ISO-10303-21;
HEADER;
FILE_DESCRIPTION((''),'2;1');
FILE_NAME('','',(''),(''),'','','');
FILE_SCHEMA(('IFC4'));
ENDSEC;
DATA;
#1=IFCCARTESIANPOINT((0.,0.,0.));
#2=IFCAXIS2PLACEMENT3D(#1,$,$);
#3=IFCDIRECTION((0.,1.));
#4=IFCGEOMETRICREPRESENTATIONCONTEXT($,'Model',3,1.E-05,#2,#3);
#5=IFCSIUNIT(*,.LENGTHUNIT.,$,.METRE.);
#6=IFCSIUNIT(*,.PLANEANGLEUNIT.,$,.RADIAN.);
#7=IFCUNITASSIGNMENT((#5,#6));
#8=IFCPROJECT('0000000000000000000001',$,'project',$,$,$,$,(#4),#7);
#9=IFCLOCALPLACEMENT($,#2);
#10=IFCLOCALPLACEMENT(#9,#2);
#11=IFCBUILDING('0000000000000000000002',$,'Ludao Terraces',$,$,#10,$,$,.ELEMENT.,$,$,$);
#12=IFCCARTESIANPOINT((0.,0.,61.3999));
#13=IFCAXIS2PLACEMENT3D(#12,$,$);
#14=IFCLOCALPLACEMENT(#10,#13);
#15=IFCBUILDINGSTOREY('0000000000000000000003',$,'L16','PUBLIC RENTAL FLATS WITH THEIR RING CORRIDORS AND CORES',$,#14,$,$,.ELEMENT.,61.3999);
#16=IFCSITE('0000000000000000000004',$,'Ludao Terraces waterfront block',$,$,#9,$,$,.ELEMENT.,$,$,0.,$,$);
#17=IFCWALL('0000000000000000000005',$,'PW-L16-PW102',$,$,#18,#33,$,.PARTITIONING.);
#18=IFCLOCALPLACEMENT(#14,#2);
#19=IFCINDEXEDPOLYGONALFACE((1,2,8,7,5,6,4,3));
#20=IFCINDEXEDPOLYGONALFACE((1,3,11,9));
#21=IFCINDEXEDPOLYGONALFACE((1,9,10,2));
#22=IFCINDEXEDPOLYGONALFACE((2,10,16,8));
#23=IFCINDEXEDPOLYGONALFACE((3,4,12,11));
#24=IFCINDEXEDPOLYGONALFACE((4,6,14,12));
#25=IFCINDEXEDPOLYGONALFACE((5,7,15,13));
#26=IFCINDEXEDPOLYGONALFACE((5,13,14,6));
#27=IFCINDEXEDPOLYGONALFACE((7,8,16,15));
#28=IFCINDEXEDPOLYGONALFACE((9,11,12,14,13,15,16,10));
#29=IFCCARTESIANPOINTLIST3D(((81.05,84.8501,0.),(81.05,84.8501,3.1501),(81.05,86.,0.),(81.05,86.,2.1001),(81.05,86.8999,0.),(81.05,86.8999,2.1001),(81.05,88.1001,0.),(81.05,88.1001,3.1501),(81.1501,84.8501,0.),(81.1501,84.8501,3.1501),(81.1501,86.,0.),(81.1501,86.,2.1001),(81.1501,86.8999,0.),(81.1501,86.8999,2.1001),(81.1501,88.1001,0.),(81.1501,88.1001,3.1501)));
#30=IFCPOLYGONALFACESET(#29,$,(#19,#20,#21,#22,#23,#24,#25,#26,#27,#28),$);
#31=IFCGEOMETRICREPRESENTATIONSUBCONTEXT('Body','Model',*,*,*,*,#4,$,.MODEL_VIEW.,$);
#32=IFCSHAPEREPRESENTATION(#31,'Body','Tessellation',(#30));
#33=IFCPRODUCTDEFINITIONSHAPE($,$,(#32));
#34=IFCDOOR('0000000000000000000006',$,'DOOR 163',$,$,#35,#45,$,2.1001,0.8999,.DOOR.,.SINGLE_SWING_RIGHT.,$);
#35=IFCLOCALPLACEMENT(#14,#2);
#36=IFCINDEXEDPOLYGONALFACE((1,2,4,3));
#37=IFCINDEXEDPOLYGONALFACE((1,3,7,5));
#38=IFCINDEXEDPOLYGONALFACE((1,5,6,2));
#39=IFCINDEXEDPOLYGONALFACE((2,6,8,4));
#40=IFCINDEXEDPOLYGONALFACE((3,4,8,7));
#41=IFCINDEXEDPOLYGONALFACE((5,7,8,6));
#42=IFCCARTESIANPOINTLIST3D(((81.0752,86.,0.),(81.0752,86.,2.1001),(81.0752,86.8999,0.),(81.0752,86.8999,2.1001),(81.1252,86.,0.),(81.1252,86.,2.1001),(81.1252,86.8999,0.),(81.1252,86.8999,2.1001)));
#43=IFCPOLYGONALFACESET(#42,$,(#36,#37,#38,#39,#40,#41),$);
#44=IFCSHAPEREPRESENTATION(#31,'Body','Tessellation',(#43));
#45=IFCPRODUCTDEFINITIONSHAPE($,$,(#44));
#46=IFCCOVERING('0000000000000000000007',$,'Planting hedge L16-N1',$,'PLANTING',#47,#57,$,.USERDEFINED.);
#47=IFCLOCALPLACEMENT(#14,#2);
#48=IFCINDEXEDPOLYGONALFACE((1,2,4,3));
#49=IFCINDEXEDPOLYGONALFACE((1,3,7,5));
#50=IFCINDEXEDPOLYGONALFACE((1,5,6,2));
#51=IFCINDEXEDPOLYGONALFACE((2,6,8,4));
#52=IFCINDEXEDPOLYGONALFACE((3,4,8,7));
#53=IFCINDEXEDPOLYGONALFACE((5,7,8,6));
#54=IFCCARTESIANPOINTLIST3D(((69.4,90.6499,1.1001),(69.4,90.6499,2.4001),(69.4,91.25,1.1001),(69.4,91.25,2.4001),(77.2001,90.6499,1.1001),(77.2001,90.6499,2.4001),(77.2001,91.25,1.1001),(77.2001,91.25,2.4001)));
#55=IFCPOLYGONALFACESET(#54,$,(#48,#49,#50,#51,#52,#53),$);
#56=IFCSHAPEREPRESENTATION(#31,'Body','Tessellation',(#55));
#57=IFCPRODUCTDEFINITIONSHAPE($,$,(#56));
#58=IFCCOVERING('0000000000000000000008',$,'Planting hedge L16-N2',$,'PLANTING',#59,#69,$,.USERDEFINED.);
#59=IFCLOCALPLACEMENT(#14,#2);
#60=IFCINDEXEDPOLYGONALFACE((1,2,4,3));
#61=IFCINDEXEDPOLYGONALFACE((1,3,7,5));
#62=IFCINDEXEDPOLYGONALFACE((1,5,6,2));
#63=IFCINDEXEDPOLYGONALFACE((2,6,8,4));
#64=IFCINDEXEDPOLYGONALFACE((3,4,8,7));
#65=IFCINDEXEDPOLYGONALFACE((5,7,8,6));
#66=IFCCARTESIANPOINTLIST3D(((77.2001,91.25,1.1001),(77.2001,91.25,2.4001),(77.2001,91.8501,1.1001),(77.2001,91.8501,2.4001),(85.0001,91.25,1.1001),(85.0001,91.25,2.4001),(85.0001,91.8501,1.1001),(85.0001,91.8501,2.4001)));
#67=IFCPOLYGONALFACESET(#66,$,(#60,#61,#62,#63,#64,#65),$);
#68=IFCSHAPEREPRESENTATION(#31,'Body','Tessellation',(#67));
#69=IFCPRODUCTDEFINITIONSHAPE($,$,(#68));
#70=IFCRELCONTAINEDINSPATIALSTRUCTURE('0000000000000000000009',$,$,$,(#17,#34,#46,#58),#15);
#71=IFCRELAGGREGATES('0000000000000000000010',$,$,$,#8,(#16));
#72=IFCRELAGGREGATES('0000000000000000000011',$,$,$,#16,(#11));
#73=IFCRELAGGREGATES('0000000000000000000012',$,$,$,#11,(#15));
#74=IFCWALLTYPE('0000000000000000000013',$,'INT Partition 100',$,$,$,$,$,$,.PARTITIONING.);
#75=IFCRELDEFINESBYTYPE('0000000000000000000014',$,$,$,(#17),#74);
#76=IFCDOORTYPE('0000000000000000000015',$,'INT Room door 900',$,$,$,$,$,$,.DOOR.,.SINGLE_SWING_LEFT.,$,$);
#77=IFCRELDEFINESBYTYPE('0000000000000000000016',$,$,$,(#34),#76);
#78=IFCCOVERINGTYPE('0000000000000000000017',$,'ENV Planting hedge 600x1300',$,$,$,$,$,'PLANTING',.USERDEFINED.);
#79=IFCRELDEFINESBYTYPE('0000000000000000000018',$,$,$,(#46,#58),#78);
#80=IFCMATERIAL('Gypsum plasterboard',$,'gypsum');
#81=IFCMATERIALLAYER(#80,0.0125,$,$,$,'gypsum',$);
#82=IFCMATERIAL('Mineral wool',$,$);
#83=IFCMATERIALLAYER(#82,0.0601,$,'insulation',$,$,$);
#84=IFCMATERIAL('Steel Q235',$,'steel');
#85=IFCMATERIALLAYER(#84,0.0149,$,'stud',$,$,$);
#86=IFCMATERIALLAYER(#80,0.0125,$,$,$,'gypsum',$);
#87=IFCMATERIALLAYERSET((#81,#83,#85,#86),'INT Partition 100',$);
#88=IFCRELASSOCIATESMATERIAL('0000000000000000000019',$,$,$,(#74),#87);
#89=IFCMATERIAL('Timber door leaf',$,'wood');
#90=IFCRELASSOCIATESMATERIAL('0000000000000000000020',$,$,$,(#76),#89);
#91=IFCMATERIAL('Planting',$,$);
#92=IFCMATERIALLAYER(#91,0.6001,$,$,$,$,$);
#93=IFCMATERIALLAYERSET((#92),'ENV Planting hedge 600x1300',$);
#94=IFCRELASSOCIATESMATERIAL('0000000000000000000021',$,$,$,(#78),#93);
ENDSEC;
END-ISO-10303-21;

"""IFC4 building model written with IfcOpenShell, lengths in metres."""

from ifc_helpers import new_model, si_unit, direction, frame, frame_2d, origin, origin_2d, place, context, subcontext, project, spatial, rectangle, extrude, material, layer, layer_set, type_object, element, fill, save


model = new_model("IFC4")

# Units and contexts
model_context = context("Model", 3, precision=1e-05, world=origin(), true_north=direction((0.0, 1.0)))
body_context = subcontext(model_context, "Body", "Model", "MODEL_VIEW")
ifc_project = project(units=[si_unit("LENGTHUNIT", "METRE"), si_unit("PLANEANGLEUNIT", "RADIAN")], contexts=[model_context])

# Site, building, storey
site_placement = place(None, origin())
site = spatial("IfcSite", under=ifc_project, at=site_placement, Name="Ludao Terraces waterfront block", CompositionType="ELEMENT", RefElevation=0.0)
building_placement = place(site_placement, origin())
building = spatial("IfcBuilding", under=site, at=building_placement, Name="Ludao Terraces", CompositionType="ELEMENT")
storey_placement = place(building_placement, frame((0.0, 0.0, 61.3999)))
storey = spatial("IfcBuildingStorey", under=building, at=storey_placement, Name="L16", Description="PUBLIC RENTAL FLATS WITH THEIR RING CORRIDORS AND CORES", CompositionType="ELEMENT", Elevation=61.3999)

# Shared definitions
ifc_material_1 = material(Name="Mineral wool")

# Wall, opening, door
ifc_material_2 = material(Name="Gypsum plasterboard", Category="gypsum")
ifc_layer_1 = layer(ifc_material_2, 0.0125, Category="gypsum")
ifc_layer_2 = layer(ifc_material_1, 0.0601, Name="insulation")
ifc_material_3 = material(Name="Steel Q235", Category="steel")
ifc_layer_3 = layer(ifc_material_3, 0.0149, Name="stud")
ifc_layer_4 = layer(ifc_material_2, 0.0125, Category="gypsum")
ifc_layer_set_1 = layer_set([ifc_layer_1, ifc_layer_2, ifc_layer_3, ifc_layer_4], Name="INT Partition 100")
wall_type_1 = type_object("IfcWallType", Name="INT Partition 100", PredefinedType="PARTITIONING", material=ifc_layer_set_1)
ifc_material_4 = material(Name="Timber door leaf", Category="wood")
door_type_1 = type_object("IfcDoorType", Name="INT Room door 900", OperationType="SINGLE_SWING_LEFT", PredefinedType="DOOR", material=ifc_material_4)
wall_1_placement = place(storey_placement, frame((81.1001, 84.8501, 0.0), z_axis=(0.0, 0.0, 1.0), x_axis=(0.0, 1.0, 0.0)))
wall_1 = element("IfcWall", 1, at=wall_1_placement, inside=storey, type_object=wall_type_1, Name="PW-L16-PW102", PredefinedType="PARTITIONING", context=body_context, shape_type="SweptSolid", body=[
    extrude(rectangle(XDim=3.25, YDim=0.1001, at=frame_2d((1.625, 0.0))), origin(), (0.0, 0.0, 1.0), 3.1501),
])
opening_1_placement = place(wall_1_placement, frame((1.1499, 0.0, 0.0)))
opening_1 = element("IfcOpeningElement", 2, at=opening_1_placement, cuts=wall_1, PredefinedType="OPENING", context=body_context, shape_type="SweptSolid", body=[
    extrude(rectangle(XDim=0.8999, YDim=2.1001, at=frame_2d((0.45, 1.05))), frame((0.0, 0.0601, 0.0), z_axis=(0.0, -1.0, 0.0), x_axis=(1.0, 0.0, 0.0)), (0.0, 0.0, 1.0), 0.1201),
])
door_1_placement = place(opening_1_placement, origin())
door_1 = element("IfcDoor", 3, at=door_1_placement, inside=storey, type_object=door_type_1, Name="DOOR 163", OperationType="SINGLE_SWING_RIGHT", OverallHeight=2.1001, OverallWidth=0.8999, PredefinedType="DOOR", context=body_context, shape_type="SweptSolid", body=[
    extrude(rectangle(XDim=0.8999, YDim=2.1001, at=frame_2d((0.45, 1.05))), frame((0.0, 0.0249, 0.0), z_axis=(0.0, -1.0, 0.0), x_axis=(1.0, 0.0, 0.0)), (0.0, 0.0, 1.0), 0.05),
])
fill(opening_1, door_1)

# Coverings
ifc_material_5 = material(Name="Planting")
ifc_layer_5 = layer(ifc_material_5, 0.6001)
ifc_layer_set_2 = layer_set([ifc_layer_5], Name="ENV Planting hedge 600x1300")
covering_type = type_object("IfcCoveringType", Name="ENV Planting hedge 600x1300", ElementType="PLANTING", PredefinedType="USERDEFINED", material=ifc_layer_set_2)
for number, where, z_axis, x_axis, name in (
    (4, (73.3, 90.95, 1.1001), (0.0, 0.0, 1.0), (1.0, 0.0, 0.0), "Planting hedge L16-N1"),
    (5, (81.1001, 91.55, 1.1001), (0.0, 0.0, 1.0), (1.0, 0.0, 0.0), "Planting hedge L16-N2"),
):
    element("IfcCovering", number, at=place(storey_placement, frame(where, z_axis=z_axis, x_axis=x_axis)), inside=storey, type_object=covering_type, Name=name, ObjectType="PLANTING", PredefinedType="USERDEFINED", context=body_context, shape_type="SweptSolid", body=[
        extrude(rectangle(XDim=7.8, YDim=0.6001, at=origin_2d()), origin(), (0.0, 0.0, 1.0), 1.3),
    ])

save(model, "model.ifc")
